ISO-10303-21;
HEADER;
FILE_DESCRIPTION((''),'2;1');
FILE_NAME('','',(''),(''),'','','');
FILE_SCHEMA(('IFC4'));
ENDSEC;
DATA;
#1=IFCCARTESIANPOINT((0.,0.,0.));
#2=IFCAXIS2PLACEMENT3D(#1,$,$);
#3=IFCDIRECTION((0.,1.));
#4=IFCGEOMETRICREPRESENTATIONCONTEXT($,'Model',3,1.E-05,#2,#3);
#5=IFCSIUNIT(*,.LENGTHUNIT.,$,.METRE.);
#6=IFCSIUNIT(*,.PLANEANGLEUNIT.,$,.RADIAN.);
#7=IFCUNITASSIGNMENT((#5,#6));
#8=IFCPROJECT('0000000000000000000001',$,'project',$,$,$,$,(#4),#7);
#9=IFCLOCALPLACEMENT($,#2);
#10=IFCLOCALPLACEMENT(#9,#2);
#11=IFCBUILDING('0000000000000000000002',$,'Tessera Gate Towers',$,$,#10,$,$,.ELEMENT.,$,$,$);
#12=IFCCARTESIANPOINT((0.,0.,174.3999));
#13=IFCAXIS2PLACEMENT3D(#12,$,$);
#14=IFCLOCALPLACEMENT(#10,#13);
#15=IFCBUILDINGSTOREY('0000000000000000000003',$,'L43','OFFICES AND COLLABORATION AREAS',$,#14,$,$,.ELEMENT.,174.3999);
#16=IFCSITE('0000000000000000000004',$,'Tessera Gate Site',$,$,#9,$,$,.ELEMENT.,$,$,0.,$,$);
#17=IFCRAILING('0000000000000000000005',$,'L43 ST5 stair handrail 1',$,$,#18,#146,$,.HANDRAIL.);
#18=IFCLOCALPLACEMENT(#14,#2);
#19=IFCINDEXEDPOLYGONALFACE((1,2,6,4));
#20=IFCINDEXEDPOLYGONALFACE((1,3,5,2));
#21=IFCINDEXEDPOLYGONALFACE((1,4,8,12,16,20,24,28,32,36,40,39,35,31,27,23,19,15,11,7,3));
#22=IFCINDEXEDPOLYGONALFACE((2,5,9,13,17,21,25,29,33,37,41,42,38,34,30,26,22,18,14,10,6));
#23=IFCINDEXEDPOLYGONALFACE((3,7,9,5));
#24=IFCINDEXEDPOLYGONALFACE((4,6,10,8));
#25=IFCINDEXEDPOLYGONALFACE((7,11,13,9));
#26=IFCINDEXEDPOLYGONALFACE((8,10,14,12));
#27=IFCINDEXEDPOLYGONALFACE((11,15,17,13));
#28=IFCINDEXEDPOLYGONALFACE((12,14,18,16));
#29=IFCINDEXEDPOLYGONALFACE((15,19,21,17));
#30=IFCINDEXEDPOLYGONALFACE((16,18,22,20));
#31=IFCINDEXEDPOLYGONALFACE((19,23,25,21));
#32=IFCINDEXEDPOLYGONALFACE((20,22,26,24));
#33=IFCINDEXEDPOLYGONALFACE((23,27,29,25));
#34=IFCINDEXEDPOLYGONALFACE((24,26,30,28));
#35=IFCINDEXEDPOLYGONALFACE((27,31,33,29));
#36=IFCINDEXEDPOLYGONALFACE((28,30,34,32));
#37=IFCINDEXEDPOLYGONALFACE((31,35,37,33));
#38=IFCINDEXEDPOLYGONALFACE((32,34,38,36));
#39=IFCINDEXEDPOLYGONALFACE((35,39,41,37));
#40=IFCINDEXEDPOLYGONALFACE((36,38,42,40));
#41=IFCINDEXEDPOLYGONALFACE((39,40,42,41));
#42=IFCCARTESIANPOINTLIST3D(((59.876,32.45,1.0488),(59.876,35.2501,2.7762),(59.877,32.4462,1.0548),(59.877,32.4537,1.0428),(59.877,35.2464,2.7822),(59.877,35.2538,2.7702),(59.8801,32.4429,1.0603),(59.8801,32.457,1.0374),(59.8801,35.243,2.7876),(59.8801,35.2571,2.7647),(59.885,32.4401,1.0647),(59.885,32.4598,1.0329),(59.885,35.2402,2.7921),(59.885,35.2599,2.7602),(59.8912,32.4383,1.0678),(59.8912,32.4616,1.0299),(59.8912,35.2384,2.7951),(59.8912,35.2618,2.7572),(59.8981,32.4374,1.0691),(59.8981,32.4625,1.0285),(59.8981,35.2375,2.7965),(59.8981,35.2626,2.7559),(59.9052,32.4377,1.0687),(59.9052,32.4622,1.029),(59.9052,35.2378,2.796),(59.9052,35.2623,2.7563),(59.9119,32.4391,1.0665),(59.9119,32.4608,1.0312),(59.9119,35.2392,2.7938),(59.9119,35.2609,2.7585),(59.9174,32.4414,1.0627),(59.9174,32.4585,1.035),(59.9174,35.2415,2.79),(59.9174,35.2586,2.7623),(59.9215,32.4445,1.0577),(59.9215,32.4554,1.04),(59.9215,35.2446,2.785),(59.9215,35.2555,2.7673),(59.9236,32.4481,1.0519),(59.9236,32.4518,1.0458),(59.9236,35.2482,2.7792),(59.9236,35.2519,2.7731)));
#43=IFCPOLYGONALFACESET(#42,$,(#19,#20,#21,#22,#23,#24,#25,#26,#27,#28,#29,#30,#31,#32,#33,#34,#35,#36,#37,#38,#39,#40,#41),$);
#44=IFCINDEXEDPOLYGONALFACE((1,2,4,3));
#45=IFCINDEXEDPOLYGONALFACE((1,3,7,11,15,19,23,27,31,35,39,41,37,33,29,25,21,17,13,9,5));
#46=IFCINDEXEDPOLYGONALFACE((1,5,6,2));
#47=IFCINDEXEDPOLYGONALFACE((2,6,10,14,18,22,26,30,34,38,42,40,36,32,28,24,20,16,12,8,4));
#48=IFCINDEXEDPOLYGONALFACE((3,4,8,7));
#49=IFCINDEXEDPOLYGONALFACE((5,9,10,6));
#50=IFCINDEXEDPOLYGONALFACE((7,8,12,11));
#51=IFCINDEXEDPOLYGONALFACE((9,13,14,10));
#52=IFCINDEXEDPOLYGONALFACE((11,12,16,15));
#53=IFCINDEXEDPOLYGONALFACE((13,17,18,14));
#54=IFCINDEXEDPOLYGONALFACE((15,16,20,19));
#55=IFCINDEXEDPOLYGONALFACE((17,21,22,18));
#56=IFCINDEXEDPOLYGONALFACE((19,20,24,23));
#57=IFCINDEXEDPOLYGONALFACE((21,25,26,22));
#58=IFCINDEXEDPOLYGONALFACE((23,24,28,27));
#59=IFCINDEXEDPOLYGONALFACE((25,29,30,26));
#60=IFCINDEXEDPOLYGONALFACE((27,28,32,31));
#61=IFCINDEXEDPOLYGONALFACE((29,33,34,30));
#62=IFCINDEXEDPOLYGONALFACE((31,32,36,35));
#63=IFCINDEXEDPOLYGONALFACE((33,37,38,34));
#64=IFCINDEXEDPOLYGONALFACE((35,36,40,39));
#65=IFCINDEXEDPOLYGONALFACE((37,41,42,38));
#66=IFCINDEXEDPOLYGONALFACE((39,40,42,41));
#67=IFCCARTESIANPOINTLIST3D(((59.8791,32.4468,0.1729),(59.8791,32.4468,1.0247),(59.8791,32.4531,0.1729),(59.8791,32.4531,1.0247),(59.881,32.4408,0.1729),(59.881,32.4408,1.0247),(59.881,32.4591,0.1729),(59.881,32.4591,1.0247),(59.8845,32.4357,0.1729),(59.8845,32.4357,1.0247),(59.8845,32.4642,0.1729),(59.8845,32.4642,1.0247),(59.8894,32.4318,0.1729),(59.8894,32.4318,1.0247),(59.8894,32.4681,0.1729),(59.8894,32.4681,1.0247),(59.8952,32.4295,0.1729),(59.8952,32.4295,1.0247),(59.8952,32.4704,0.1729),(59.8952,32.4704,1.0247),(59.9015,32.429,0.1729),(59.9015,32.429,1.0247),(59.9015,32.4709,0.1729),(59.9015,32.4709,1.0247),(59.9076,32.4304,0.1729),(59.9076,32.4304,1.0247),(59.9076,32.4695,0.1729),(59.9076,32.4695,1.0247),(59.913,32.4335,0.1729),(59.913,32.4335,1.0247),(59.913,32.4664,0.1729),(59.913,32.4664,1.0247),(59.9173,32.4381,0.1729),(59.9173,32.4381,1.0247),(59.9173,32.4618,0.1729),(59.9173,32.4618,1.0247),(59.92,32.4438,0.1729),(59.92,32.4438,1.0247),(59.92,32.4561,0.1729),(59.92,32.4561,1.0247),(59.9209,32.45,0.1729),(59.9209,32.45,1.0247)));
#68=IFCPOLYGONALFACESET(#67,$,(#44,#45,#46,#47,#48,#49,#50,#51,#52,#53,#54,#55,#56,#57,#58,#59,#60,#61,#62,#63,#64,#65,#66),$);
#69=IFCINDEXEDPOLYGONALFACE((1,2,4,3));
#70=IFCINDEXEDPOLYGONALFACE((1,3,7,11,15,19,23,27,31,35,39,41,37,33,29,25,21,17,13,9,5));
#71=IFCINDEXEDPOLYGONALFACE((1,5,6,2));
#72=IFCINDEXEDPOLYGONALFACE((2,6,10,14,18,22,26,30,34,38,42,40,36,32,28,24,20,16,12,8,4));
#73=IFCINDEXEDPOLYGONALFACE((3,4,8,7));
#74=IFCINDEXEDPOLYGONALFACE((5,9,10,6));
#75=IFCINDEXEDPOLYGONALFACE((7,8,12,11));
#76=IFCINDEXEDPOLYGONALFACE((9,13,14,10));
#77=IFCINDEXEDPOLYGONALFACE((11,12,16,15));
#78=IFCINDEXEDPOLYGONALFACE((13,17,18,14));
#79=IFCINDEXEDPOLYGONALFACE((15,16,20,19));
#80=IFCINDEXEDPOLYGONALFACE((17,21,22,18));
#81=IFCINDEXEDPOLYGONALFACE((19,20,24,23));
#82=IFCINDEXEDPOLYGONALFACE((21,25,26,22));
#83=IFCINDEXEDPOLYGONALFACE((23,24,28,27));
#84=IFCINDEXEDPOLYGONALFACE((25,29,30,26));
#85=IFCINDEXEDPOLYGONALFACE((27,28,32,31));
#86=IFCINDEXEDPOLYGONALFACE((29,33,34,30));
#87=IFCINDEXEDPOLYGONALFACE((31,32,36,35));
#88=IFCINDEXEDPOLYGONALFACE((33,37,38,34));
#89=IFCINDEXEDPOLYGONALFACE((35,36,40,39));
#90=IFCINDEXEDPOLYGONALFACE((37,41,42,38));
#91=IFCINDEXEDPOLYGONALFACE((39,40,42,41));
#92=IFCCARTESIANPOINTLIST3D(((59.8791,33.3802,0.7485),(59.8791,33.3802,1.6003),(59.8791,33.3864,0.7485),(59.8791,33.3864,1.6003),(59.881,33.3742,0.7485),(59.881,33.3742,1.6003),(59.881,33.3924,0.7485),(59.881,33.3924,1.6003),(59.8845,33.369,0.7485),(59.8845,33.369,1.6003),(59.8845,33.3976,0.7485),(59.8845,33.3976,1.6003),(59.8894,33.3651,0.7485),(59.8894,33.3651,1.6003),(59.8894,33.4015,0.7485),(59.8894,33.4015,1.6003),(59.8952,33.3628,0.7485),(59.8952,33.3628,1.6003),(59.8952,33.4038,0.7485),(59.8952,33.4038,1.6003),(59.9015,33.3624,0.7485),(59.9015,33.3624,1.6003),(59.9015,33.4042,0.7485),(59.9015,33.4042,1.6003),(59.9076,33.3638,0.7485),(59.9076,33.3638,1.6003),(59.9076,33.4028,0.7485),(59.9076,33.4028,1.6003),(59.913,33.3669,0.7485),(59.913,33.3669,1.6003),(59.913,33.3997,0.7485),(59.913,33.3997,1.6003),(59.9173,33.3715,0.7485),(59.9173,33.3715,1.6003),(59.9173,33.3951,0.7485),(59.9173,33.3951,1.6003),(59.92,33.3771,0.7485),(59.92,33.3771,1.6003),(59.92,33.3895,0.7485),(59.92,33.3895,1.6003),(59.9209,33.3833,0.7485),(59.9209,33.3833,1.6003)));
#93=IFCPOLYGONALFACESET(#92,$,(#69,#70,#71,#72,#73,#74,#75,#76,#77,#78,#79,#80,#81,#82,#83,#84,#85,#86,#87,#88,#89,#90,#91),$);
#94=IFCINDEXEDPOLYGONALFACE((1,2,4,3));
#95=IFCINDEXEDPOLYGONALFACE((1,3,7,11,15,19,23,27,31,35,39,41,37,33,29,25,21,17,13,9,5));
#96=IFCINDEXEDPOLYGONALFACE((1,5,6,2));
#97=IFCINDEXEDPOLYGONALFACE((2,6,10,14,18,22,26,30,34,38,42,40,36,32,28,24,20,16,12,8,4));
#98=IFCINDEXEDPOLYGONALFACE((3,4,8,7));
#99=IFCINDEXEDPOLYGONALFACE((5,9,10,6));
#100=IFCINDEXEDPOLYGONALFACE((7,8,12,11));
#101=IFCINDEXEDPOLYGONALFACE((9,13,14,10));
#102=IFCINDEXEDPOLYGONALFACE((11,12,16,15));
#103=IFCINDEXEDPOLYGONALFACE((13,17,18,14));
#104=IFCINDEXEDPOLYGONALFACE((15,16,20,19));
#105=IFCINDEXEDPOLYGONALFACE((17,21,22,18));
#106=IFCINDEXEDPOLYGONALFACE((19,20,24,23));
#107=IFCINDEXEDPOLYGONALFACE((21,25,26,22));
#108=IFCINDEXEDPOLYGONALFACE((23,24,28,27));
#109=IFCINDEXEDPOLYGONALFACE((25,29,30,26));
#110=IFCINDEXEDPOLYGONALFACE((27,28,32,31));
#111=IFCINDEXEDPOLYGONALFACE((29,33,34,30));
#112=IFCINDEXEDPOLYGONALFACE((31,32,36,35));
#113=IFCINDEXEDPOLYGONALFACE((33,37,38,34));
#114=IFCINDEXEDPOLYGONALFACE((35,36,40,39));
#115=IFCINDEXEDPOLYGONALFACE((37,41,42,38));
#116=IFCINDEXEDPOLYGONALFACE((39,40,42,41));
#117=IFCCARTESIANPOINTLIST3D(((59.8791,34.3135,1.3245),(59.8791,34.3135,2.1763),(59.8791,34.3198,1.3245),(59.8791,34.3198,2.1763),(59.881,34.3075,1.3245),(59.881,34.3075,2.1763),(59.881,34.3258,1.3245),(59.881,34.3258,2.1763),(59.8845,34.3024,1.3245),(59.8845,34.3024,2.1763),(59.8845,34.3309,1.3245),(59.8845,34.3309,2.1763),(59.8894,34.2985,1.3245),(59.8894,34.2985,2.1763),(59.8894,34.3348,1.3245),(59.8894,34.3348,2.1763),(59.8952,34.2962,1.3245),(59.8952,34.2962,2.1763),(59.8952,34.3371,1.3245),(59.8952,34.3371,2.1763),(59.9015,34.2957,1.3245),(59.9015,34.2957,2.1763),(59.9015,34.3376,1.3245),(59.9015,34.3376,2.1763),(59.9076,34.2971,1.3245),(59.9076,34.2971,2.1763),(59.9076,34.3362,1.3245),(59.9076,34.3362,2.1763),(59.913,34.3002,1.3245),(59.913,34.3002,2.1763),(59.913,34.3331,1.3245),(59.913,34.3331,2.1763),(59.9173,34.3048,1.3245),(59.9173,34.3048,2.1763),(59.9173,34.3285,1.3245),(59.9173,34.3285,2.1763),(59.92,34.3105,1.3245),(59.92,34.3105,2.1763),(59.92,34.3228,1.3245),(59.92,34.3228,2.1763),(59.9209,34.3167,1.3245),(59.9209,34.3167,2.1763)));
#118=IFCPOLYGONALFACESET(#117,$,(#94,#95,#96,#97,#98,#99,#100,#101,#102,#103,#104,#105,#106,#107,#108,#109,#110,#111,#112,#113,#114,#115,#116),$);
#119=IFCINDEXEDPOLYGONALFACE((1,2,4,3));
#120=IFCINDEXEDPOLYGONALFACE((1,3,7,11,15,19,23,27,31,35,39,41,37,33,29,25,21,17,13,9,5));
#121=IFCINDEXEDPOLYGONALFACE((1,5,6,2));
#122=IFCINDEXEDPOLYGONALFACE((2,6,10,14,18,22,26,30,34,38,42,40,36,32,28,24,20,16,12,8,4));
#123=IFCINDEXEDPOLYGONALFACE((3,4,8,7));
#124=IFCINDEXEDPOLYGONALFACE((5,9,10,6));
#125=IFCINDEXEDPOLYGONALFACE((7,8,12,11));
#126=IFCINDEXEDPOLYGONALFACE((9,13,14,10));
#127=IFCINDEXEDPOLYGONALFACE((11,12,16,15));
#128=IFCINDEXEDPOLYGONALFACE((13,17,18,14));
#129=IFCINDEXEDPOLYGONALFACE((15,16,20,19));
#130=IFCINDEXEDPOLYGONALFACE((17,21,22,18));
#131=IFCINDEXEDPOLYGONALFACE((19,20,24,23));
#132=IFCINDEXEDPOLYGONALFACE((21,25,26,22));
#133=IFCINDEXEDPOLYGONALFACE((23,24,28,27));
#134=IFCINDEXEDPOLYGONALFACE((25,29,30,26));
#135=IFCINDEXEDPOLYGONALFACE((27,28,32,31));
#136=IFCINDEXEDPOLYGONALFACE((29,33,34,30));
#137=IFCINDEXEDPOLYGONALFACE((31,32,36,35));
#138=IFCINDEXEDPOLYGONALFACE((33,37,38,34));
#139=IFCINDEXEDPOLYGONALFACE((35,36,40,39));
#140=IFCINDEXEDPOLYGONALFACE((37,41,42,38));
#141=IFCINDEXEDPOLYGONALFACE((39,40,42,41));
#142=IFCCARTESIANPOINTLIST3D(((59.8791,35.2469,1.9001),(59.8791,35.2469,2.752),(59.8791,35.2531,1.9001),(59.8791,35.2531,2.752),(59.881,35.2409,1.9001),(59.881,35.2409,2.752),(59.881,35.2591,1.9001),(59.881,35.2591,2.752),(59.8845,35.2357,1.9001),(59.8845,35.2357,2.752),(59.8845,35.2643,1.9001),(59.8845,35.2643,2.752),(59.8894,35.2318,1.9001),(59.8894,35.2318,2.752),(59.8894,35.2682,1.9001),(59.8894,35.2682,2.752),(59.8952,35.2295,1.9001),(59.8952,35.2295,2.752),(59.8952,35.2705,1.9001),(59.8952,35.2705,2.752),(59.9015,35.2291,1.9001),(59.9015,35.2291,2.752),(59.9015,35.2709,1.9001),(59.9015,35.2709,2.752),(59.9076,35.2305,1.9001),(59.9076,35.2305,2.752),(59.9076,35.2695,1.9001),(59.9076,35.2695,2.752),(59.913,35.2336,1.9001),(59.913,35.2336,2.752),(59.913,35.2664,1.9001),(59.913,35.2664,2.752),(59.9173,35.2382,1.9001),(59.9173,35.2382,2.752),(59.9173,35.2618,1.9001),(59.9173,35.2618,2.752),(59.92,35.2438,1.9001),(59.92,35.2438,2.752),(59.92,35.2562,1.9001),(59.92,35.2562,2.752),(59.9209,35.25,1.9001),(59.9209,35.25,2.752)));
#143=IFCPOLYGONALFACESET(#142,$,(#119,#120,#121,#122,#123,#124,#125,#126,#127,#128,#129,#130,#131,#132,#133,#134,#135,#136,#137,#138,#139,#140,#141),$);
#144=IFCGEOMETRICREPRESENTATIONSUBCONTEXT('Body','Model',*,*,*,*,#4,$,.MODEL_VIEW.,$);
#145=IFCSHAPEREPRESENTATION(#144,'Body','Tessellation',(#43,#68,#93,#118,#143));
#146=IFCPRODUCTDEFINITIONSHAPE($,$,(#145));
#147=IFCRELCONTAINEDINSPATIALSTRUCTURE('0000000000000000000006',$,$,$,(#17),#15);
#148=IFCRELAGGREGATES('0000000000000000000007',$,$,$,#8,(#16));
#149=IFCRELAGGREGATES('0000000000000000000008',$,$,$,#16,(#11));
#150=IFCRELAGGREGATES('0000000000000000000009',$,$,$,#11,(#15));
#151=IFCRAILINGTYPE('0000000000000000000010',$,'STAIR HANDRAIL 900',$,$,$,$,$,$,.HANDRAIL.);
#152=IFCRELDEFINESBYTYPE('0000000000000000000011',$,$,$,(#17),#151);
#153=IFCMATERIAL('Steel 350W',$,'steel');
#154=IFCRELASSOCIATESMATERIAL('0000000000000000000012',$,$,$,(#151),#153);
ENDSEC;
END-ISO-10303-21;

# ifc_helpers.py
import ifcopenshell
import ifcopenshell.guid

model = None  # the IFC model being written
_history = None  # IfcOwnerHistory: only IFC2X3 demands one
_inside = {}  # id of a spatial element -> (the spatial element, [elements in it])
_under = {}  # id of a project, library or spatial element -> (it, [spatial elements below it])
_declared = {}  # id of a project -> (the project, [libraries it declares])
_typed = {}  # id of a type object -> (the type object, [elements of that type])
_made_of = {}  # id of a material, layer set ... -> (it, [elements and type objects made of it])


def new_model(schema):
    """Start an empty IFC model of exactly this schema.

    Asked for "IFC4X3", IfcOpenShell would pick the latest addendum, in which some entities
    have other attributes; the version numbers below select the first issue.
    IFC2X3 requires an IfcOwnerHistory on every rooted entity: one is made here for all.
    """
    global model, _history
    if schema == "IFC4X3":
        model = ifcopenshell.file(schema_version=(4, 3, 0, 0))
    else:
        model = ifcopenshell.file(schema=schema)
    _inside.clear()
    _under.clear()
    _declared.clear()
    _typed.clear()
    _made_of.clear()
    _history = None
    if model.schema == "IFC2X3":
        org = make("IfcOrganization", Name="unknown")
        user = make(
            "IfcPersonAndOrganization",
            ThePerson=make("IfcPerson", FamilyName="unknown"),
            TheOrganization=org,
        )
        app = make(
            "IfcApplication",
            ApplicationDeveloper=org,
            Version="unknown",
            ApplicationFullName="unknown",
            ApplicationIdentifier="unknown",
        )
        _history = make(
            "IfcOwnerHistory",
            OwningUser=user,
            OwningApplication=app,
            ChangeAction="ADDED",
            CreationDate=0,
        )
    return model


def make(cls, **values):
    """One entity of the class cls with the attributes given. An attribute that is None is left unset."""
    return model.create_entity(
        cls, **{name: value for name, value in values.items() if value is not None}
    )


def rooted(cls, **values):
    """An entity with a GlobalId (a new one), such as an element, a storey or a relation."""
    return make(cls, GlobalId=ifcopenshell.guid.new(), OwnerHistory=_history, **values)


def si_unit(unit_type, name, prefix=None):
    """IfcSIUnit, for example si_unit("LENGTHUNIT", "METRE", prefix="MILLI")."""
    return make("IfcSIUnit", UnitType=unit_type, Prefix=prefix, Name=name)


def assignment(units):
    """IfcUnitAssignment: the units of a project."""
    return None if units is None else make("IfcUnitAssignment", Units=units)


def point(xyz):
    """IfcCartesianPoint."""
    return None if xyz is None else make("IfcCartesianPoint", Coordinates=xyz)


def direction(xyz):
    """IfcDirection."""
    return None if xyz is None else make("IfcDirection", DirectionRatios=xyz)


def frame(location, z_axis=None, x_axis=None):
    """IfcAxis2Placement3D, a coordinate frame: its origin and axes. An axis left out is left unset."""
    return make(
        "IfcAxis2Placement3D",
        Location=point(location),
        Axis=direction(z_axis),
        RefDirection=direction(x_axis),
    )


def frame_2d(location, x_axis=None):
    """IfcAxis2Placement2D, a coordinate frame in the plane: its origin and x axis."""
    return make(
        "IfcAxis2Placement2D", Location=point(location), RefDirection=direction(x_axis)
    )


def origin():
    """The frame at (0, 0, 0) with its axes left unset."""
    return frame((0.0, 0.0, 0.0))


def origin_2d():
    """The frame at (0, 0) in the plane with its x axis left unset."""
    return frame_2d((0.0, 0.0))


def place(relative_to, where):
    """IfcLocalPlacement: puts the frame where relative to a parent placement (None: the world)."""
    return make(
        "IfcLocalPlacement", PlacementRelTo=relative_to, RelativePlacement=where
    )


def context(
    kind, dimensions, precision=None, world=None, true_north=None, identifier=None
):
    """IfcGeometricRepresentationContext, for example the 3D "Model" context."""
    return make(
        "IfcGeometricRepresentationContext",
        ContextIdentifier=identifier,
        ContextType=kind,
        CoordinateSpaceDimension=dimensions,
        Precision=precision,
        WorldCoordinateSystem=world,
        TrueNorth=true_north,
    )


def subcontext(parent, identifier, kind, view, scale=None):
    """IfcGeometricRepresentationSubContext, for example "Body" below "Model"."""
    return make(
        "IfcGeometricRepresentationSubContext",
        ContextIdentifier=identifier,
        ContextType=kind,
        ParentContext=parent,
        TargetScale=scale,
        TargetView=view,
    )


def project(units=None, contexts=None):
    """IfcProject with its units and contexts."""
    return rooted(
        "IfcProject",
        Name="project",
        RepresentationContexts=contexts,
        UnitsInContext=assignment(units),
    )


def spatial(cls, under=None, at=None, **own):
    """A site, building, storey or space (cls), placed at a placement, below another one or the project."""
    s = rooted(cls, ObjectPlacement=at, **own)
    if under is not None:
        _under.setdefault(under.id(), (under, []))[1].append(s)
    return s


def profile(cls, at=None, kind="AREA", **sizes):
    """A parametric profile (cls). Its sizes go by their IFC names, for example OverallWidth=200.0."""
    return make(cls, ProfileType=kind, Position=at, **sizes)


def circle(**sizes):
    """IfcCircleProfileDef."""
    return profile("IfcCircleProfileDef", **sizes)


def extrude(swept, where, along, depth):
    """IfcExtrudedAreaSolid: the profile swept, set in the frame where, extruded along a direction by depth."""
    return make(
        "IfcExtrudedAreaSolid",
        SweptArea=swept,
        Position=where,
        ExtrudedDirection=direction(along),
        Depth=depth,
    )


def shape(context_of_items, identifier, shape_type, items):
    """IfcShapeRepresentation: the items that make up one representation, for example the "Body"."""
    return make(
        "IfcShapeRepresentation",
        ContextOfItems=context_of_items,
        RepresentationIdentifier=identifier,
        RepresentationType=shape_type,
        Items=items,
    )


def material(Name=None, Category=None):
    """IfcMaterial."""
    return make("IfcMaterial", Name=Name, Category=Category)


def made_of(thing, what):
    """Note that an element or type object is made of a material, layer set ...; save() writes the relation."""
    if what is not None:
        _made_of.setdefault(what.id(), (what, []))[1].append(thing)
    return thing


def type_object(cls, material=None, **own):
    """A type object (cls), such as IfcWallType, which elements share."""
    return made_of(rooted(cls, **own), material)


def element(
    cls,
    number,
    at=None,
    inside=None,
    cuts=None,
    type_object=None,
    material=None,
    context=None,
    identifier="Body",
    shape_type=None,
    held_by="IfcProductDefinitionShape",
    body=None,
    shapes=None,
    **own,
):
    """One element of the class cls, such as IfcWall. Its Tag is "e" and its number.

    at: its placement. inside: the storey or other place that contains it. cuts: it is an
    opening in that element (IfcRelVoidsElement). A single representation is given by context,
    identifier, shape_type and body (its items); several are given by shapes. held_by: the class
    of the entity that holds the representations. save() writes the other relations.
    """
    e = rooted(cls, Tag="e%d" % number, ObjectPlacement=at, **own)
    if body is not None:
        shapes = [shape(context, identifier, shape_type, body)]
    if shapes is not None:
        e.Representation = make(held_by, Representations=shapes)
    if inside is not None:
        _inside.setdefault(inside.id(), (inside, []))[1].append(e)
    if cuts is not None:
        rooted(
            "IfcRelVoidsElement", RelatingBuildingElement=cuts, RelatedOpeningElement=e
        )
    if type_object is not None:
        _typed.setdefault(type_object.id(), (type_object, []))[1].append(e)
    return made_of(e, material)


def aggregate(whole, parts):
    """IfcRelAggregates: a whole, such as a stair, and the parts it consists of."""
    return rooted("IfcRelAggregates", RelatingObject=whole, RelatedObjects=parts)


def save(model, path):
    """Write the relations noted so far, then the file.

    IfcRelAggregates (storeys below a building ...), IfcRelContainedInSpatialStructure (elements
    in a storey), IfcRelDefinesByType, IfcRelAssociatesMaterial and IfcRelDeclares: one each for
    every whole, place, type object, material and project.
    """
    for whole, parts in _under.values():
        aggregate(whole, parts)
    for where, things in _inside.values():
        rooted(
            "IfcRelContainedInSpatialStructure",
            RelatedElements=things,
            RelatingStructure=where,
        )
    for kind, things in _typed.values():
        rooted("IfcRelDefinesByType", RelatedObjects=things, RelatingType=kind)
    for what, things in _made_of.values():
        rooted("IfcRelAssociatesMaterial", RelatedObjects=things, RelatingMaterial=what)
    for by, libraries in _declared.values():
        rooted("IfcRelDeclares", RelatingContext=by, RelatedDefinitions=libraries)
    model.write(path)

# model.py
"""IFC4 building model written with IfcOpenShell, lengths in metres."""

from ifc_helpers import new_model, si_unit, direction, frame, origin, origin_2d, place, context, subcontext, project, spatial, circle, extrude, material, type_object, element, save


model = new_model("IFC4")

# Units and contexts
model_context = context("Model", 3, precision=1e-05, world=origin(), true_north=direction((0.0, 1.0)))
body_context = subcontext(model_context, "Body", "Model", "MODEL_VIEW")
ifc_project = project(units=[si_unit("LENGTHUNIT", "METRE"), si_unit("PLANEANGLEUNIT", "RADIAN")], contexts=[model_context])

# Site, building, storey
site_placement = place(None, origin())
site = spatial("IfcSite", under=ifc_project, at=site_placement, Name="Tessera Gate Site", CompositionType="ELEMENT", RefElevation=0.0)
building_placement = place(site_placement, origin())
building = spatial("IfcBuilding", under=site, at=building_placement, Name="Tessera Gate Towers", CompositionType="ELEMENT")
storey_placement = place(building_placement, frame((0.0, 0.0, 174.3999)))
storey = spatial("IfcBuildingStorey", under=building, at=storey_placement, Name="L43", Description="OFFICES AND COLLABORATION AREAS", CompositionType="ELEMENT", Elevation=174.3999)

# Railing
ifc_material_1 = material(Name="Steel 350W", Category="steel")
railing_type_1 = type_object("IfcRailingType", Name="STAIR HANDRAIL 900", PredefinedType="HANDRAIL", material=ifc_material_1)
railing_1_placement = place(storey_placement, frame((59.8999, 32.45, 0.1729)))
element("IfcRailing", 1, at=railing_1_placement, inside=storey, type_object=railing_type_1, Name="L43 ST5 stair handrail 1", PredefinedType="HANDRAIL", context=body_context, shape_type="SweptSolid", body=[
    extrude(circle(Radius=0.0239, at=origin_2d()), frame((0.0, 0.0, 0.876), z_axis=(0.0, 0.85109, 0.52502), x_axis=(-1.0, 0.0, 0.0)), (0.0, 0.0, 1.0), 3.29),
    extrude(circle(Radius=0.021, at=origin_2d()), origin(), (0.0, 0.0, 1.0), 0.8518),
    extrude(circle(Radius=0.021, at=origin_2d()), frame((0.0, 0.9333, 0.5757)), (0.0, 0.0, 1.0), 0.8518),
    extrude(circle(Radius=0.021, at=origin_2d()), frame((0.0, 1.8667, 1.1516)), (0.0, 0.0, 1.0), 0.8518),
    extrude(circle(Radius=0.021, at=origin_2d()), frame((0.0, 2.8, 1.7273)), (0.0, 0.0, 1.0), 0.8518),
])

save(model, "model.ifc")
